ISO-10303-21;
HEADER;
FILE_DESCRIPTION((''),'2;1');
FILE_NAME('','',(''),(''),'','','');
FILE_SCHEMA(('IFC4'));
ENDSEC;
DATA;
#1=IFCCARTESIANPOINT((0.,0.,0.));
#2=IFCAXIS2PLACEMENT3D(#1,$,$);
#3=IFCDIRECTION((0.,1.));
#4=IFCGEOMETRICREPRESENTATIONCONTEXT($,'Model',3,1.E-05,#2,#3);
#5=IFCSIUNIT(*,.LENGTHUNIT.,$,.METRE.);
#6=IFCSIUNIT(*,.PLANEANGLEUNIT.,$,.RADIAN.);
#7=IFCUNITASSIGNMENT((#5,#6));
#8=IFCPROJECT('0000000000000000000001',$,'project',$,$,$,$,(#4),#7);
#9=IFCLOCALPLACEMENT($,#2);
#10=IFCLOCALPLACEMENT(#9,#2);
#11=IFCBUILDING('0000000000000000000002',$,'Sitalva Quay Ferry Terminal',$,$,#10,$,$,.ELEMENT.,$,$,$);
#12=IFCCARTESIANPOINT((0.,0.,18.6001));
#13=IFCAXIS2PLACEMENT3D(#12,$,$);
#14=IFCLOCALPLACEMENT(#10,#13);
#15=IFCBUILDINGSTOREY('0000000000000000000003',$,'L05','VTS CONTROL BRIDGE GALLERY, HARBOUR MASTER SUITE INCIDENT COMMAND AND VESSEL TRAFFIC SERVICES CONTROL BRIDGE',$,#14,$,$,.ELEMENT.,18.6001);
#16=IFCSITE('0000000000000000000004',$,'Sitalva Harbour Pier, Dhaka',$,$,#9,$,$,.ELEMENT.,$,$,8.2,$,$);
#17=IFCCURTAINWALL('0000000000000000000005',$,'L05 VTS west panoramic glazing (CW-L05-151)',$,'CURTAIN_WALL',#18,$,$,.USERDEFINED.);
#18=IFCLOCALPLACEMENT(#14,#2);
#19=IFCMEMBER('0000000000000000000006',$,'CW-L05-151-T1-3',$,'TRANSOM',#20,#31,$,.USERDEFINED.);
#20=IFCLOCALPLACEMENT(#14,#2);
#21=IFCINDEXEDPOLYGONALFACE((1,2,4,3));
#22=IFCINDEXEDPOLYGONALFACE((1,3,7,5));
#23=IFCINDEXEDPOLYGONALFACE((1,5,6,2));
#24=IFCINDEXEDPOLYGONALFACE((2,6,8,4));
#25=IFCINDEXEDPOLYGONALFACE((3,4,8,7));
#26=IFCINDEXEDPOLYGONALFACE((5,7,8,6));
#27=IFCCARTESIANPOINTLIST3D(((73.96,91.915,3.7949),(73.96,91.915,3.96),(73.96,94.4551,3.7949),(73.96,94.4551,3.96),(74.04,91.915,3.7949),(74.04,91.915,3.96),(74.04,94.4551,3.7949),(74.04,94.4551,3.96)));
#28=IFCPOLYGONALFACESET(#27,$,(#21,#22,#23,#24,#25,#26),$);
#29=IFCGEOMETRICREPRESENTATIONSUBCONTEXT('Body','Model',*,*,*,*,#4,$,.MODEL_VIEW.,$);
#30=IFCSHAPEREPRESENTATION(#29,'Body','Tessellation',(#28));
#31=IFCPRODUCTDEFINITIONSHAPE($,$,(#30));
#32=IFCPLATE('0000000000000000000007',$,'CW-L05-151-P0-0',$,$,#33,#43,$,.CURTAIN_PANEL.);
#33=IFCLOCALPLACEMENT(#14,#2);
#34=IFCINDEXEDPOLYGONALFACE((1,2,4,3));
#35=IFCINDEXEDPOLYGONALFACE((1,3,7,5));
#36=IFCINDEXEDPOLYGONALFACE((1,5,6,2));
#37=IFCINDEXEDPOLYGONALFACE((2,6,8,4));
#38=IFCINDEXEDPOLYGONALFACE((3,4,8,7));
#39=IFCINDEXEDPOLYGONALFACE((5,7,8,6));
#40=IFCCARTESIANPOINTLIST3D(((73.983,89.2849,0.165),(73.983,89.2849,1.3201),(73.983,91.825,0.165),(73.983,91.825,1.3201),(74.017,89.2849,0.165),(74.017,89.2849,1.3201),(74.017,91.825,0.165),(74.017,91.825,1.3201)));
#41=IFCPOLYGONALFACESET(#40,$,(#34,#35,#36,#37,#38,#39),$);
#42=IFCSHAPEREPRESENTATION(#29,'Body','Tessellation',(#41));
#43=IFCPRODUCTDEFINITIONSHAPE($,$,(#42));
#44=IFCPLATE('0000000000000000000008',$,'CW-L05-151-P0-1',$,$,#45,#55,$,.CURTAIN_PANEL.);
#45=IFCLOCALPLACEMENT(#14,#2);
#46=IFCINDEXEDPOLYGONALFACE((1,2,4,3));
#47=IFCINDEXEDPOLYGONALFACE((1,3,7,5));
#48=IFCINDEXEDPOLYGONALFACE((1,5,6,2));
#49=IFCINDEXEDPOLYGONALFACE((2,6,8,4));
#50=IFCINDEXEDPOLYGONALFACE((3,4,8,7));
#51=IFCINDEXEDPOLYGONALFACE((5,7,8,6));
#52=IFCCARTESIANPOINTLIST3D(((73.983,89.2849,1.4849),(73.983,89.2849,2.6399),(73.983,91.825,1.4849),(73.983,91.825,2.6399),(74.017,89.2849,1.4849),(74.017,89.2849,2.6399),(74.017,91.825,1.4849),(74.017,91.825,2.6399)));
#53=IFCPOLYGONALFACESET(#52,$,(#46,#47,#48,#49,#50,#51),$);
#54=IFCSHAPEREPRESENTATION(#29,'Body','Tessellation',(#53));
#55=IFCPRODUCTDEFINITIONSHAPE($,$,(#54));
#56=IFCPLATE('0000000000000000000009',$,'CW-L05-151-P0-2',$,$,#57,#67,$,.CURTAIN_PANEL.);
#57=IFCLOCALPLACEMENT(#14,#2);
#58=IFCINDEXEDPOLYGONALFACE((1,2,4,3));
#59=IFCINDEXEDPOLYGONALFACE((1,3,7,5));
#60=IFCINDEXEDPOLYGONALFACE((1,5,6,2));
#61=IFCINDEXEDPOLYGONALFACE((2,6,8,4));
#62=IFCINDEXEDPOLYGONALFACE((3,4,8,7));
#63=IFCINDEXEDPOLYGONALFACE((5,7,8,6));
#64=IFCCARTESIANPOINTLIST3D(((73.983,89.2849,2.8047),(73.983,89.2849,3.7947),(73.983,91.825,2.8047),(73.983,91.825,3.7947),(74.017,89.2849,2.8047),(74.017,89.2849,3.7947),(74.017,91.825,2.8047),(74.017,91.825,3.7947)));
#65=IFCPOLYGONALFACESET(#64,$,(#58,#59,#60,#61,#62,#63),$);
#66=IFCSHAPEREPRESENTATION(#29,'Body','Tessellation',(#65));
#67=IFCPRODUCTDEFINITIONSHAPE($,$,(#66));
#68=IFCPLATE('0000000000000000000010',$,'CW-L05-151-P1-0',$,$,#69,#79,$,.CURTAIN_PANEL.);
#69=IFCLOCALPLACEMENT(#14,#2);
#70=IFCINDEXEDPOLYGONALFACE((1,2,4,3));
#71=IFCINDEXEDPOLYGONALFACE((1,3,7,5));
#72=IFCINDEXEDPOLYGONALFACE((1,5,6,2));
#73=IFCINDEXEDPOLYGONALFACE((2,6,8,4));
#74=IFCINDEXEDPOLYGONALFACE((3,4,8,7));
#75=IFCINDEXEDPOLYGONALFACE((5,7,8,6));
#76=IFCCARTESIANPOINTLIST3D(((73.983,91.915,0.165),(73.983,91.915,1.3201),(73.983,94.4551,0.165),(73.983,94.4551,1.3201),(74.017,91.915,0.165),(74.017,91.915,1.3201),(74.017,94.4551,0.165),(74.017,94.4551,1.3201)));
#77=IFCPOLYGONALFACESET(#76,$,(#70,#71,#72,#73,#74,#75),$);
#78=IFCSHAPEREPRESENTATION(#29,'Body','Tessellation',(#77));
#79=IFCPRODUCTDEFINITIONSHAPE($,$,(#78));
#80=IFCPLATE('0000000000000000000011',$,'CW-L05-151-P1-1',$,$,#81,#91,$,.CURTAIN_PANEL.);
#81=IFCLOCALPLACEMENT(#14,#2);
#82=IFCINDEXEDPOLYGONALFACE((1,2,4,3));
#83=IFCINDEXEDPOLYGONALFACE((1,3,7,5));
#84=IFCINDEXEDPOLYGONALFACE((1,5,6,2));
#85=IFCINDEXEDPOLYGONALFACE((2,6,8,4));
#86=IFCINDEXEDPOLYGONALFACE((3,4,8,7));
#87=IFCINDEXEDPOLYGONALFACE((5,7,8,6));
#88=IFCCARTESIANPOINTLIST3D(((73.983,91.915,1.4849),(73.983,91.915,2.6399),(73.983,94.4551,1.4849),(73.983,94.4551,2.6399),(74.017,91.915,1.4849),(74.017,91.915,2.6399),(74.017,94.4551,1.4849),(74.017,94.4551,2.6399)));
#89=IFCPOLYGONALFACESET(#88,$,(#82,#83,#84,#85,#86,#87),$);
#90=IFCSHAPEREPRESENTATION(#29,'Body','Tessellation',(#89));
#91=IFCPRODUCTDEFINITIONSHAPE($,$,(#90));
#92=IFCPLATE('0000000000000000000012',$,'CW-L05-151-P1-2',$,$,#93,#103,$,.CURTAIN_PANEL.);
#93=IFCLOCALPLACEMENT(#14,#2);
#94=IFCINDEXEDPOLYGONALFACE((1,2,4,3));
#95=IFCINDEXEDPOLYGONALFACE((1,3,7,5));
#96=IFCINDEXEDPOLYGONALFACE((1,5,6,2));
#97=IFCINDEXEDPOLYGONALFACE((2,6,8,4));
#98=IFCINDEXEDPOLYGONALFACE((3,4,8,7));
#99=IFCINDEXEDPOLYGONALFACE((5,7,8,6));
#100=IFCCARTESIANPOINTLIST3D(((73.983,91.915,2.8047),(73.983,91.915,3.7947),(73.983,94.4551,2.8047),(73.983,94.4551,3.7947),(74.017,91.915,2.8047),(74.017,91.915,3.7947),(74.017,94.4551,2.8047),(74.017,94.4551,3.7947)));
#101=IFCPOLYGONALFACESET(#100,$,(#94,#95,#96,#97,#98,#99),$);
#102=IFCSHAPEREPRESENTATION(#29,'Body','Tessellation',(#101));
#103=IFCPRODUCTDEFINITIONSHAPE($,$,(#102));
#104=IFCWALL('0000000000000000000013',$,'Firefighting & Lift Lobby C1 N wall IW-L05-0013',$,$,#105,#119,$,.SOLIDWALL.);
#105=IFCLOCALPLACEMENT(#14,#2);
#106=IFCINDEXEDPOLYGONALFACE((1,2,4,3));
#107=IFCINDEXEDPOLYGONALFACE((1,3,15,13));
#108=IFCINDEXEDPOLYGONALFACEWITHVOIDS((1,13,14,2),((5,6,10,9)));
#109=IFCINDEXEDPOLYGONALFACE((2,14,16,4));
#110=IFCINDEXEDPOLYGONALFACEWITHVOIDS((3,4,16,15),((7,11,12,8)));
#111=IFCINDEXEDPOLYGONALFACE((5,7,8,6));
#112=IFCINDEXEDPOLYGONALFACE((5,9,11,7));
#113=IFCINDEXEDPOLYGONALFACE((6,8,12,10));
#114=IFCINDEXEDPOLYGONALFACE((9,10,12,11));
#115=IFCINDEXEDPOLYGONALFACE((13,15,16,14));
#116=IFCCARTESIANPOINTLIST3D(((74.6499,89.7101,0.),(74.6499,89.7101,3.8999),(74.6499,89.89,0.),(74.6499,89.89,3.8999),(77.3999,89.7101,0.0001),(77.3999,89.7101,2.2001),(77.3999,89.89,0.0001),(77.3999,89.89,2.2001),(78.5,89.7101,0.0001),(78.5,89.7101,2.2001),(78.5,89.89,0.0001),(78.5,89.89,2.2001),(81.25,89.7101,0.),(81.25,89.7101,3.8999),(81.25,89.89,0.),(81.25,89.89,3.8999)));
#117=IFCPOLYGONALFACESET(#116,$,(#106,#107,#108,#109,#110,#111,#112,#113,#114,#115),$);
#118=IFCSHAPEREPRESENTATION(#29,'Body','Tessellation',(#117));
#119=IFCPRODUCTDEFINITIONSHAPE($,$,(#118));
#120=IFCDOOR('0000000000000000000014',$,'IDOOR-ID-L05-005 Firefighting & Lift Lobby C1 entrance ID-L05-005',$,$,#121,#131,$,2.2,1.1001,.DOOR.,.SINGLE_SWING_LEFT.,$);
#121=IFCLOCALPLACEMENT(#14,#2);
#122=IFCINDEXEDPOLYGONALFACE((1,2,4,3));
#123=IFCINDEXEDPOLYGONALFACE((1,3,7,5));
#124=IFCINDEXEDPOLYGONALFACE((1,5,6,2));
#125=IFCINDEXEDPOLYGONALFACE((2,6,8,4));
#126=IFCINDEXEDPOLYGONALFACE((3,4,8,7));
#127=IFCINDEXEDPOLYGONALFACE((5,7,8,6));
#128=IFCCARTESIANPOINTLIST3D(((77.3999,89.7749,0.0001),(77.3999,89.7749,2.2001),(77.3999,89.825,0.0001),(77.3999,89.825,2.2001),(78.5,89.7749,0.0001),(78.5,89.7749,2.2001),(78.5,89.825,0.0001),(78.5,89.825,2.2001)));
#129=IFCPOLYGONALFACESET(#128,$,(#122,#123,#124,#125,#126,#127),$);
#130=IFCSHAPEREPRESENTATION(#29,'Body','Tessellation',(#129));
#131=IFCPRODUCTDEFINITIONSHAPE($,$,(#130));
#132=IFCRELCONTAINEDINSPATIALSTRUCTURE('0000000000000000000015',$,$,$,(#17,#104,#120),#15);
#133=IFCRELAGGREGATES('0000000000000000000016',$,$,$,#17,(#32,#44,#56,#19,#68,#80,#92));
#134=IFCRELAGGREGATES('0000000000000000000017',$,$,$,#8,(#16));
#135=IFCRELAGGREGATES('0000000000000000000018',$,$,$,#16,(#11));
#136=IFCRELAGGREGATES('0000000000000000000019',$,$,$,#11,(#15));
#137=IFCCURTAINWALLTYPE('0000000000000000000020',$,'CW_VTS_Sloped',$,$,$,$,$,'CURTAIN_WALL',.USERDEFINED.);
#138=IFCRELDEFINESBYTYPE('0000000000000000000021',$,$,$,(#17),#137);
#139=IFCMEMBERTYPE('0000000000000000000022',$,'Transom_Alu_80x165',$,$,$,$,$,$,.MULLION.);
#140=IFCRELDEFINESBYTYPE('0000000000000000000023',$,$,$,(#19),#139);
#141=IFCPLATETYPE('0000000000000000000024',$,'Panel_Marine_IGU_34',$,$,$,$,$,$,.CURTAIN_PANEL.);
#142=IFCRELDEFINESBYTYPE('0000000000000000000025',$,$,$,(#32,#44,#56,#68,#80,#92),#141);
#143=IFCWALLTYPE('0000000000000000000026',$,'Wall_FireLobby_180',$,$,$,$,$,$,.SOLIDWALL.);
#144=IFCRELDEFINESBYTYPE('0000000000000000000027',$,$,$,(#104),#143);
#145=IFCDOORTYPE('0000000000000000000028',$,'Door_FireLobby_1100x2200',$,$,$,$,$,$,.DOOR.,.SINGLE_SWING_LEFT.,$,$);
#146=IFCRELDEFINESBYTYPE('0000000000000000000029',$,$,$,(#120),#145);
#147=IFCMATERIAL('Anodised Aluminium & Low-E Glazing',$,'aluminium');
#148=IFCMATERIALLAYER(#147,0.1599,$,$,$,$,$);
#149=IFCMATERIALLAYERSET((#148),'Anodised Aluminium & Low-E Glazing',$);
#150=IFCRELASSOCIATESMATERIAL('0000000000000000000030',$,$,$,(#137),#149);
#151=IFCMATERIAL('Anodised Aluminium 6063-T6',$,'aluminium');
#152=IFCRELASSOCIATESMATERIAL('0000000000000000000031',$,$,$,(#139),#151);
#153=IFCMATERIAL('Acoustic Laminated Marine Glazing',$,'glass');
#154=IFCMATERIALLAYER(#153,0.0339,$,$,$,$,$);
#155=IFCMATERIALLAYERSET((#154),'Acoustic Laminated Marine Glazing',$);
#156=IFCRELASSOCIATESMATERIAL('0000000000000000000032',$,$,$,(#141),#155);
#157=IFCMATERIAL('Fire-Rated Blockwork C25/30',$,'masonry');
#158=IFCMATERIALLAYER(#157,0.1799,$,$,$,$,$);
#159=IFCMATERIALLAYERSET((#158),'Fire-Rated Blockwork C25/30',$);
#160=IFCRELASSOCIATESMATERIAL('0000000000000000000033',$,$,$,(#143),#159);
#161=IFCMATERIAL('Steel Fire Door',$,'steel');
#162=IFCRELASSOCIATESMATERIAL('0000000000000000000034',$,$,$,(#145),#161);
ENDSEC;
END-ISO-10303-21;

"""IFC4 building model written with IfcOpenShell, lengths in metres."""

from ifc_helpers import new_model, si_unit, direction, frame, frame_2d, origin, origin_2d, place, context, subcontext, project, spatial, rectangle, extrude, material, layer, layer_set, material_profile, profile_set, type_object, element, fill, aggregate, save


model = new_model("IFC4")

# Units and contexts
model_context = context("Model", 3, precision=1e-05, world=origin(), true_north=direction((0.0, 1.0)))
body_context = subcontext(model_context, "Body", "Model", "MODEL_VIEW")
ifc_project = project(units=[si_unit("LENGTHUNIT", "METRE"), si_unit("PLANEANGLEUNIT", "RADIAN")], contexts=[model_context])

# Site, building, storey
site_placement = place(None, origin())
site = spatial("IfcSite", under=ifc_project, at=site_placement, Name="Sitalva Harbour Pier, Dhaka", CompositionType="ELEMENT", RefElevation=8.2)
building_placement = place(site_placement, origin())
building = spatial("IfcBuilding", under=site, at=building_placement, Name="Sitalva Quay Ferry Terminal", CompositionType="ELEMENT")
storey_placement = place(building_placement, frame((0.0, 0.0, 18.6001)))
storey = spatial("IfcBuildingStorey", under=building, at=storey_placement, Name="L05", Description="VTS CONTROL BRIDGE GALLERY, HARBOUR MASTER SUITE INCIDENT COMMAND AND VESSEL TRAFFIC SERVICES CONTROL BRIDGE", CompositionType="ELEMENT", Elevation=18.6001)

# Shared definitions
ifc_material_1 = material(Name="Anodised Aluminium & Low-E Glazing", Category="aluminium")
ifc_layer_1 = layer(ifc_material_1, 0.1599)
ifc_layer_set_1 = layer_set([ifc_layer_1], Name="Anodised Aluminium & Low-E Glazing")
curtain_wall_type = type_object("IfcCurtainWallType", Name="CW_VTS_Sloped", ElementType="CURTAIN_WALL", PredefinedType="USERDEFINED", material=ifc_layer_set_1)

# Curtain wall, member, plates
curtain_wall_1_placement = place(storey_placement, origin())
curtain_wall_1 = element("IfcCurtainWall", 1, at=curtain_wall_1_placement, inside=storey, type_object=curtain_wall_type, Name="L05 VTS west panoramic glazing (CW-L05-151)", ObjectType="CURTAIN_WALL", PredefinedType="USERDEFINED")
ifc_material_2 = material(Name="Anodised Aluminium 6063-T6", Category="aluminium")
ifc_material_profile_1 = material_profile(ifc_material_2, rectangle(XDim=0.0801, YDim=0.165, at=origin_2d()), Name="ALU80x165")
ifc_profile_set_1 = profile_set([ifc_material_profile_1], Name="Anodised Aluminium 6063-T6")
member_type_1 = type_object("IfcMemberType", Name="Transom_Alu_80x165", PredefinedType="MULLION", material=ifc_profile_set_1)
member_1_placement = place(storey_placement, frame((74.0, 91.915, 3.8774), z_axis=(0.0, 1.0, 0.0), x_axis=(-1.0, 0.0, 0.0)))
member_1 = element("IfcMember", 2, at=member_1_placement, type_object=member_type_1, Name="CW-L05-151-T1-3", ObjectType="TRANSOM", PredefinedType="USERDEFINED", context=body_context, shape_type="SweptSolid", body=[
    extrude(rectangle(XDim=0.0801, YDim=0.165, at=origin_2d()), origin(), (0.0, 0.0, 1.0), 2.54),
])
ifc_material_3 = material(Name="Acoustic Laminated Marine Glazing", Category="glass")
ifc_layer_2 = layer(ifc_material_3, 0.0339)
ifc_layer_set_2 = layer_set([ifc_layer_2], Name="Acoustic Laminated Marine Glazing")
plate_type = type_object("IfcPlateType", Name="Panel_Marine_IGU_34", PredefinedType="CURTAIN_PANEL", material=ifc_layer_set_2)
plate_1_placement = place(storey_placement, frame((74.0, 90.5549, 0.165), z_axis=(0.0, 0.0, 1.0), x_axis=(0.0, 1.0, 0.0)))
plate_1 = element("IfcPlate", 3, at=plate_1_placement, type_object=plate_type, Name="CW-L05-151-P0-0", PredefinedType="CURTAIN_PANEL", context=body_context, shape_type="SweptSolid", body=[
    extrude(rectangle(XDim=2.54, YDim=0.0339, at=origin_2d()), origin(), (0.0, 0.0, 1.0), 1.155),
])
plate_2_placement = place(storey_placement, frame((74.0, 90.5549, 1.4849), z_axis=(0.0, 0.0, 1.0), x_axis=(0.0, 1.0, 0.0)))
plate_2 = element("IfcPlate", 4, at=plate_2_placement, type_object=plate_type, Name="CW-L05-151-P0-1", PredefinedType="CURTAIN_PANEL", context=body_context, shape_type="SweptSolid", body=[
    extrude(rectangle(XDim=2.54, YDim=0.0339, at=origin_2d()), origin(), (0.0, 0.0, 1.0), 1.155),
])
plate_3_placement = place(storey_placement, frame((74.0, 90.5549, 2.8047), z_axis=(0.0, 0.0, 1.0), x_axis=(0.0, 1.0, 0.0)))
plate_3 = element("IfcPlate", 5, at=plate_3_placement, type_object=plate_type, Name="CW-L05-151-P0-2", PredefinedType="CURTAIN_PANEL", context=body_context, shape_type="SweptSolid", body=[
    extrude(rectangle(XDim=2.54, YDim=0.0339, at=origin_2d()), origin(), (0.0, 0.0, 1.0), 0.99),
])
plate_4_placement = place(storey_placement, frame((74.0, 93.1851, 0.165), z_axis=(0.0, 0.0, 1.0), x_axis=(0.0, 1.0, 0.0)))
plate_4 = element("IfcPlate", 6, at=plate_4_placement, type_object=plate_type, Name="CW-L05-151-P1-0", PredefinedType="CURTAIN_PANEL", context=body_context, shape_type="SweptSolid", body=[
    extrude(rectangle(XDim=2.54, YDim=0.0339, at=origin_2d()), origin(), (0.0, 0.0, 1.0), 1.155),
])
plate_5_placement = place(storey_placement, frame((74.0, 93.1851, 1.4849), z_axis=(0.0, 0.0, 1.0), x_axis=(0.0, 1.0, 0.0)))
plate_5 = element("IfcPlate", 7, at=plate_5_placement, type_object=plate_type, Name="CW-L05-151-P1-1", PredefinedType="CURTAIN_PANEL", context=body_context, shape_type="SweptSolid", body=[
    extrude(rectangle(XDim=2.54, YDim=0.0339, at=origin_2d()), origin(), (0.0, 0.0, 1.0), 1.155),
])
plate_6_placement = place(storey_placement, frame((74.0, 93.1851, 2.8047), z_axis=(0.0, 0.0, 1.0), x_axis=(0.0, 1.0, 0.0)))
plate_6 = element("IfcPlate", 8, at=plate_6_placement, type_object=plate_type, Name="CW-L05-151-P1-2", PredefinedType="CURTAIN_PANEL", context=body_context, shape_type="SweptSolid", body=[
    extrude(rectangle(XDim=2.54, YDim=0.0339, at=origin_2d()), origin(), (0.0, 0.0, 1.0), 0.99),
])
aggregate(curtain_wall_1, [plate_1, plate_2, plate_3, member_1, plate_4, plate_5, plate_6])

# Wall, opening, door
ifc_material_4 = material(Name="Fire-Rated Blockwork C25/30", Category="masonry")
ifc_layer_3 = layer(ifc_material_4, 0.1799)
ifc_layer_set_3 = layer_set([ifc_layer_3], Name="Fire-Rated Blockwork C25/30")
wall_type = type_object("IfcWallType", Name="Wall_FireLobby_180", PredefinedType="SOLIDWALL", material=ifc_layer_set_3)
wall_placement = place(storey_placement, frame((74.6499, 89.8, 0.0), z_axis=(0.0, 0.0, 1.0), x_axis=(1.0, 0.0, 0.0)))
wall = element("IfcWall", 9, at=wall_placement, inside=storey, type_object=wall_type, Name="Firefighting & Lift Lobby C1 N wall IW-L05-0013", PredefinedType="SOLIDWALL", context=body_context, shape_type="SweptSolid", body=[
    extrude(rectangle(XDim=6.6001, YDim=0.1799, at=frame_2d((3.3, 0.0))), origin(), (0.0, 0.0, 1.0), 3.8999),
])
opening_placement = place(wall_placement, frame((2.75, 0.0, 0.0)))
opening = element("IfcOpeningElement", 10, at=opening_placement, cuts=wall, PredefinedType="OPENING", context=body_context, shape_type="SweptSolid", body=[
    extrude(rectangle(XDim=1.1001, YDim=2.2, at=frame_2d((0.55, 1.1001))), frame((0.0, 0.0999, 0.0), z_axis=(0.0, -1.0, 0.0), x_axis=(1.0, 0.0, 0.0)), (0.0, 0.0, 1.0), 0.2),
])
ifc_material_5 = material(Name="Steel Fire Door", Category="steel")
door_type = type_object("IfcDoorType", Name="Door_FireLobby_1100x2200", OperationType="SINGLE_SWING_LEFT", PredefinedType="DOOR", material=ifc_material_5)
door_placement = place(opening_placement, origin())
door = element("IfcDoor", 11, at=door_placement, inside=storey, type_object=door_type, Name="IDOOR-ID-L05-005 Firefighting & Lift Lobby C1 entrance ID-L05-005", OperationType="SINGLE_SWING_LEFT", OverallHeight=2.2, OverallWidth=1.1001, PredefinedType="DOOR", context=body_context, shape_type="SweptSolid", body=[
    extrude(rectangle(XDim=1.1001, YDim=2.2, at=frame_2d((0.55, 1.1001))), frame((0.0, 0.0249, 0.0), z_axis=(0.0, -1.0, 0.0), x_axis=(1.0, 0.0, 0.0)), (0.0, 0.0, 1.0), 0.05),
])
fill(opening, door)

save(model, "model.ifc")
